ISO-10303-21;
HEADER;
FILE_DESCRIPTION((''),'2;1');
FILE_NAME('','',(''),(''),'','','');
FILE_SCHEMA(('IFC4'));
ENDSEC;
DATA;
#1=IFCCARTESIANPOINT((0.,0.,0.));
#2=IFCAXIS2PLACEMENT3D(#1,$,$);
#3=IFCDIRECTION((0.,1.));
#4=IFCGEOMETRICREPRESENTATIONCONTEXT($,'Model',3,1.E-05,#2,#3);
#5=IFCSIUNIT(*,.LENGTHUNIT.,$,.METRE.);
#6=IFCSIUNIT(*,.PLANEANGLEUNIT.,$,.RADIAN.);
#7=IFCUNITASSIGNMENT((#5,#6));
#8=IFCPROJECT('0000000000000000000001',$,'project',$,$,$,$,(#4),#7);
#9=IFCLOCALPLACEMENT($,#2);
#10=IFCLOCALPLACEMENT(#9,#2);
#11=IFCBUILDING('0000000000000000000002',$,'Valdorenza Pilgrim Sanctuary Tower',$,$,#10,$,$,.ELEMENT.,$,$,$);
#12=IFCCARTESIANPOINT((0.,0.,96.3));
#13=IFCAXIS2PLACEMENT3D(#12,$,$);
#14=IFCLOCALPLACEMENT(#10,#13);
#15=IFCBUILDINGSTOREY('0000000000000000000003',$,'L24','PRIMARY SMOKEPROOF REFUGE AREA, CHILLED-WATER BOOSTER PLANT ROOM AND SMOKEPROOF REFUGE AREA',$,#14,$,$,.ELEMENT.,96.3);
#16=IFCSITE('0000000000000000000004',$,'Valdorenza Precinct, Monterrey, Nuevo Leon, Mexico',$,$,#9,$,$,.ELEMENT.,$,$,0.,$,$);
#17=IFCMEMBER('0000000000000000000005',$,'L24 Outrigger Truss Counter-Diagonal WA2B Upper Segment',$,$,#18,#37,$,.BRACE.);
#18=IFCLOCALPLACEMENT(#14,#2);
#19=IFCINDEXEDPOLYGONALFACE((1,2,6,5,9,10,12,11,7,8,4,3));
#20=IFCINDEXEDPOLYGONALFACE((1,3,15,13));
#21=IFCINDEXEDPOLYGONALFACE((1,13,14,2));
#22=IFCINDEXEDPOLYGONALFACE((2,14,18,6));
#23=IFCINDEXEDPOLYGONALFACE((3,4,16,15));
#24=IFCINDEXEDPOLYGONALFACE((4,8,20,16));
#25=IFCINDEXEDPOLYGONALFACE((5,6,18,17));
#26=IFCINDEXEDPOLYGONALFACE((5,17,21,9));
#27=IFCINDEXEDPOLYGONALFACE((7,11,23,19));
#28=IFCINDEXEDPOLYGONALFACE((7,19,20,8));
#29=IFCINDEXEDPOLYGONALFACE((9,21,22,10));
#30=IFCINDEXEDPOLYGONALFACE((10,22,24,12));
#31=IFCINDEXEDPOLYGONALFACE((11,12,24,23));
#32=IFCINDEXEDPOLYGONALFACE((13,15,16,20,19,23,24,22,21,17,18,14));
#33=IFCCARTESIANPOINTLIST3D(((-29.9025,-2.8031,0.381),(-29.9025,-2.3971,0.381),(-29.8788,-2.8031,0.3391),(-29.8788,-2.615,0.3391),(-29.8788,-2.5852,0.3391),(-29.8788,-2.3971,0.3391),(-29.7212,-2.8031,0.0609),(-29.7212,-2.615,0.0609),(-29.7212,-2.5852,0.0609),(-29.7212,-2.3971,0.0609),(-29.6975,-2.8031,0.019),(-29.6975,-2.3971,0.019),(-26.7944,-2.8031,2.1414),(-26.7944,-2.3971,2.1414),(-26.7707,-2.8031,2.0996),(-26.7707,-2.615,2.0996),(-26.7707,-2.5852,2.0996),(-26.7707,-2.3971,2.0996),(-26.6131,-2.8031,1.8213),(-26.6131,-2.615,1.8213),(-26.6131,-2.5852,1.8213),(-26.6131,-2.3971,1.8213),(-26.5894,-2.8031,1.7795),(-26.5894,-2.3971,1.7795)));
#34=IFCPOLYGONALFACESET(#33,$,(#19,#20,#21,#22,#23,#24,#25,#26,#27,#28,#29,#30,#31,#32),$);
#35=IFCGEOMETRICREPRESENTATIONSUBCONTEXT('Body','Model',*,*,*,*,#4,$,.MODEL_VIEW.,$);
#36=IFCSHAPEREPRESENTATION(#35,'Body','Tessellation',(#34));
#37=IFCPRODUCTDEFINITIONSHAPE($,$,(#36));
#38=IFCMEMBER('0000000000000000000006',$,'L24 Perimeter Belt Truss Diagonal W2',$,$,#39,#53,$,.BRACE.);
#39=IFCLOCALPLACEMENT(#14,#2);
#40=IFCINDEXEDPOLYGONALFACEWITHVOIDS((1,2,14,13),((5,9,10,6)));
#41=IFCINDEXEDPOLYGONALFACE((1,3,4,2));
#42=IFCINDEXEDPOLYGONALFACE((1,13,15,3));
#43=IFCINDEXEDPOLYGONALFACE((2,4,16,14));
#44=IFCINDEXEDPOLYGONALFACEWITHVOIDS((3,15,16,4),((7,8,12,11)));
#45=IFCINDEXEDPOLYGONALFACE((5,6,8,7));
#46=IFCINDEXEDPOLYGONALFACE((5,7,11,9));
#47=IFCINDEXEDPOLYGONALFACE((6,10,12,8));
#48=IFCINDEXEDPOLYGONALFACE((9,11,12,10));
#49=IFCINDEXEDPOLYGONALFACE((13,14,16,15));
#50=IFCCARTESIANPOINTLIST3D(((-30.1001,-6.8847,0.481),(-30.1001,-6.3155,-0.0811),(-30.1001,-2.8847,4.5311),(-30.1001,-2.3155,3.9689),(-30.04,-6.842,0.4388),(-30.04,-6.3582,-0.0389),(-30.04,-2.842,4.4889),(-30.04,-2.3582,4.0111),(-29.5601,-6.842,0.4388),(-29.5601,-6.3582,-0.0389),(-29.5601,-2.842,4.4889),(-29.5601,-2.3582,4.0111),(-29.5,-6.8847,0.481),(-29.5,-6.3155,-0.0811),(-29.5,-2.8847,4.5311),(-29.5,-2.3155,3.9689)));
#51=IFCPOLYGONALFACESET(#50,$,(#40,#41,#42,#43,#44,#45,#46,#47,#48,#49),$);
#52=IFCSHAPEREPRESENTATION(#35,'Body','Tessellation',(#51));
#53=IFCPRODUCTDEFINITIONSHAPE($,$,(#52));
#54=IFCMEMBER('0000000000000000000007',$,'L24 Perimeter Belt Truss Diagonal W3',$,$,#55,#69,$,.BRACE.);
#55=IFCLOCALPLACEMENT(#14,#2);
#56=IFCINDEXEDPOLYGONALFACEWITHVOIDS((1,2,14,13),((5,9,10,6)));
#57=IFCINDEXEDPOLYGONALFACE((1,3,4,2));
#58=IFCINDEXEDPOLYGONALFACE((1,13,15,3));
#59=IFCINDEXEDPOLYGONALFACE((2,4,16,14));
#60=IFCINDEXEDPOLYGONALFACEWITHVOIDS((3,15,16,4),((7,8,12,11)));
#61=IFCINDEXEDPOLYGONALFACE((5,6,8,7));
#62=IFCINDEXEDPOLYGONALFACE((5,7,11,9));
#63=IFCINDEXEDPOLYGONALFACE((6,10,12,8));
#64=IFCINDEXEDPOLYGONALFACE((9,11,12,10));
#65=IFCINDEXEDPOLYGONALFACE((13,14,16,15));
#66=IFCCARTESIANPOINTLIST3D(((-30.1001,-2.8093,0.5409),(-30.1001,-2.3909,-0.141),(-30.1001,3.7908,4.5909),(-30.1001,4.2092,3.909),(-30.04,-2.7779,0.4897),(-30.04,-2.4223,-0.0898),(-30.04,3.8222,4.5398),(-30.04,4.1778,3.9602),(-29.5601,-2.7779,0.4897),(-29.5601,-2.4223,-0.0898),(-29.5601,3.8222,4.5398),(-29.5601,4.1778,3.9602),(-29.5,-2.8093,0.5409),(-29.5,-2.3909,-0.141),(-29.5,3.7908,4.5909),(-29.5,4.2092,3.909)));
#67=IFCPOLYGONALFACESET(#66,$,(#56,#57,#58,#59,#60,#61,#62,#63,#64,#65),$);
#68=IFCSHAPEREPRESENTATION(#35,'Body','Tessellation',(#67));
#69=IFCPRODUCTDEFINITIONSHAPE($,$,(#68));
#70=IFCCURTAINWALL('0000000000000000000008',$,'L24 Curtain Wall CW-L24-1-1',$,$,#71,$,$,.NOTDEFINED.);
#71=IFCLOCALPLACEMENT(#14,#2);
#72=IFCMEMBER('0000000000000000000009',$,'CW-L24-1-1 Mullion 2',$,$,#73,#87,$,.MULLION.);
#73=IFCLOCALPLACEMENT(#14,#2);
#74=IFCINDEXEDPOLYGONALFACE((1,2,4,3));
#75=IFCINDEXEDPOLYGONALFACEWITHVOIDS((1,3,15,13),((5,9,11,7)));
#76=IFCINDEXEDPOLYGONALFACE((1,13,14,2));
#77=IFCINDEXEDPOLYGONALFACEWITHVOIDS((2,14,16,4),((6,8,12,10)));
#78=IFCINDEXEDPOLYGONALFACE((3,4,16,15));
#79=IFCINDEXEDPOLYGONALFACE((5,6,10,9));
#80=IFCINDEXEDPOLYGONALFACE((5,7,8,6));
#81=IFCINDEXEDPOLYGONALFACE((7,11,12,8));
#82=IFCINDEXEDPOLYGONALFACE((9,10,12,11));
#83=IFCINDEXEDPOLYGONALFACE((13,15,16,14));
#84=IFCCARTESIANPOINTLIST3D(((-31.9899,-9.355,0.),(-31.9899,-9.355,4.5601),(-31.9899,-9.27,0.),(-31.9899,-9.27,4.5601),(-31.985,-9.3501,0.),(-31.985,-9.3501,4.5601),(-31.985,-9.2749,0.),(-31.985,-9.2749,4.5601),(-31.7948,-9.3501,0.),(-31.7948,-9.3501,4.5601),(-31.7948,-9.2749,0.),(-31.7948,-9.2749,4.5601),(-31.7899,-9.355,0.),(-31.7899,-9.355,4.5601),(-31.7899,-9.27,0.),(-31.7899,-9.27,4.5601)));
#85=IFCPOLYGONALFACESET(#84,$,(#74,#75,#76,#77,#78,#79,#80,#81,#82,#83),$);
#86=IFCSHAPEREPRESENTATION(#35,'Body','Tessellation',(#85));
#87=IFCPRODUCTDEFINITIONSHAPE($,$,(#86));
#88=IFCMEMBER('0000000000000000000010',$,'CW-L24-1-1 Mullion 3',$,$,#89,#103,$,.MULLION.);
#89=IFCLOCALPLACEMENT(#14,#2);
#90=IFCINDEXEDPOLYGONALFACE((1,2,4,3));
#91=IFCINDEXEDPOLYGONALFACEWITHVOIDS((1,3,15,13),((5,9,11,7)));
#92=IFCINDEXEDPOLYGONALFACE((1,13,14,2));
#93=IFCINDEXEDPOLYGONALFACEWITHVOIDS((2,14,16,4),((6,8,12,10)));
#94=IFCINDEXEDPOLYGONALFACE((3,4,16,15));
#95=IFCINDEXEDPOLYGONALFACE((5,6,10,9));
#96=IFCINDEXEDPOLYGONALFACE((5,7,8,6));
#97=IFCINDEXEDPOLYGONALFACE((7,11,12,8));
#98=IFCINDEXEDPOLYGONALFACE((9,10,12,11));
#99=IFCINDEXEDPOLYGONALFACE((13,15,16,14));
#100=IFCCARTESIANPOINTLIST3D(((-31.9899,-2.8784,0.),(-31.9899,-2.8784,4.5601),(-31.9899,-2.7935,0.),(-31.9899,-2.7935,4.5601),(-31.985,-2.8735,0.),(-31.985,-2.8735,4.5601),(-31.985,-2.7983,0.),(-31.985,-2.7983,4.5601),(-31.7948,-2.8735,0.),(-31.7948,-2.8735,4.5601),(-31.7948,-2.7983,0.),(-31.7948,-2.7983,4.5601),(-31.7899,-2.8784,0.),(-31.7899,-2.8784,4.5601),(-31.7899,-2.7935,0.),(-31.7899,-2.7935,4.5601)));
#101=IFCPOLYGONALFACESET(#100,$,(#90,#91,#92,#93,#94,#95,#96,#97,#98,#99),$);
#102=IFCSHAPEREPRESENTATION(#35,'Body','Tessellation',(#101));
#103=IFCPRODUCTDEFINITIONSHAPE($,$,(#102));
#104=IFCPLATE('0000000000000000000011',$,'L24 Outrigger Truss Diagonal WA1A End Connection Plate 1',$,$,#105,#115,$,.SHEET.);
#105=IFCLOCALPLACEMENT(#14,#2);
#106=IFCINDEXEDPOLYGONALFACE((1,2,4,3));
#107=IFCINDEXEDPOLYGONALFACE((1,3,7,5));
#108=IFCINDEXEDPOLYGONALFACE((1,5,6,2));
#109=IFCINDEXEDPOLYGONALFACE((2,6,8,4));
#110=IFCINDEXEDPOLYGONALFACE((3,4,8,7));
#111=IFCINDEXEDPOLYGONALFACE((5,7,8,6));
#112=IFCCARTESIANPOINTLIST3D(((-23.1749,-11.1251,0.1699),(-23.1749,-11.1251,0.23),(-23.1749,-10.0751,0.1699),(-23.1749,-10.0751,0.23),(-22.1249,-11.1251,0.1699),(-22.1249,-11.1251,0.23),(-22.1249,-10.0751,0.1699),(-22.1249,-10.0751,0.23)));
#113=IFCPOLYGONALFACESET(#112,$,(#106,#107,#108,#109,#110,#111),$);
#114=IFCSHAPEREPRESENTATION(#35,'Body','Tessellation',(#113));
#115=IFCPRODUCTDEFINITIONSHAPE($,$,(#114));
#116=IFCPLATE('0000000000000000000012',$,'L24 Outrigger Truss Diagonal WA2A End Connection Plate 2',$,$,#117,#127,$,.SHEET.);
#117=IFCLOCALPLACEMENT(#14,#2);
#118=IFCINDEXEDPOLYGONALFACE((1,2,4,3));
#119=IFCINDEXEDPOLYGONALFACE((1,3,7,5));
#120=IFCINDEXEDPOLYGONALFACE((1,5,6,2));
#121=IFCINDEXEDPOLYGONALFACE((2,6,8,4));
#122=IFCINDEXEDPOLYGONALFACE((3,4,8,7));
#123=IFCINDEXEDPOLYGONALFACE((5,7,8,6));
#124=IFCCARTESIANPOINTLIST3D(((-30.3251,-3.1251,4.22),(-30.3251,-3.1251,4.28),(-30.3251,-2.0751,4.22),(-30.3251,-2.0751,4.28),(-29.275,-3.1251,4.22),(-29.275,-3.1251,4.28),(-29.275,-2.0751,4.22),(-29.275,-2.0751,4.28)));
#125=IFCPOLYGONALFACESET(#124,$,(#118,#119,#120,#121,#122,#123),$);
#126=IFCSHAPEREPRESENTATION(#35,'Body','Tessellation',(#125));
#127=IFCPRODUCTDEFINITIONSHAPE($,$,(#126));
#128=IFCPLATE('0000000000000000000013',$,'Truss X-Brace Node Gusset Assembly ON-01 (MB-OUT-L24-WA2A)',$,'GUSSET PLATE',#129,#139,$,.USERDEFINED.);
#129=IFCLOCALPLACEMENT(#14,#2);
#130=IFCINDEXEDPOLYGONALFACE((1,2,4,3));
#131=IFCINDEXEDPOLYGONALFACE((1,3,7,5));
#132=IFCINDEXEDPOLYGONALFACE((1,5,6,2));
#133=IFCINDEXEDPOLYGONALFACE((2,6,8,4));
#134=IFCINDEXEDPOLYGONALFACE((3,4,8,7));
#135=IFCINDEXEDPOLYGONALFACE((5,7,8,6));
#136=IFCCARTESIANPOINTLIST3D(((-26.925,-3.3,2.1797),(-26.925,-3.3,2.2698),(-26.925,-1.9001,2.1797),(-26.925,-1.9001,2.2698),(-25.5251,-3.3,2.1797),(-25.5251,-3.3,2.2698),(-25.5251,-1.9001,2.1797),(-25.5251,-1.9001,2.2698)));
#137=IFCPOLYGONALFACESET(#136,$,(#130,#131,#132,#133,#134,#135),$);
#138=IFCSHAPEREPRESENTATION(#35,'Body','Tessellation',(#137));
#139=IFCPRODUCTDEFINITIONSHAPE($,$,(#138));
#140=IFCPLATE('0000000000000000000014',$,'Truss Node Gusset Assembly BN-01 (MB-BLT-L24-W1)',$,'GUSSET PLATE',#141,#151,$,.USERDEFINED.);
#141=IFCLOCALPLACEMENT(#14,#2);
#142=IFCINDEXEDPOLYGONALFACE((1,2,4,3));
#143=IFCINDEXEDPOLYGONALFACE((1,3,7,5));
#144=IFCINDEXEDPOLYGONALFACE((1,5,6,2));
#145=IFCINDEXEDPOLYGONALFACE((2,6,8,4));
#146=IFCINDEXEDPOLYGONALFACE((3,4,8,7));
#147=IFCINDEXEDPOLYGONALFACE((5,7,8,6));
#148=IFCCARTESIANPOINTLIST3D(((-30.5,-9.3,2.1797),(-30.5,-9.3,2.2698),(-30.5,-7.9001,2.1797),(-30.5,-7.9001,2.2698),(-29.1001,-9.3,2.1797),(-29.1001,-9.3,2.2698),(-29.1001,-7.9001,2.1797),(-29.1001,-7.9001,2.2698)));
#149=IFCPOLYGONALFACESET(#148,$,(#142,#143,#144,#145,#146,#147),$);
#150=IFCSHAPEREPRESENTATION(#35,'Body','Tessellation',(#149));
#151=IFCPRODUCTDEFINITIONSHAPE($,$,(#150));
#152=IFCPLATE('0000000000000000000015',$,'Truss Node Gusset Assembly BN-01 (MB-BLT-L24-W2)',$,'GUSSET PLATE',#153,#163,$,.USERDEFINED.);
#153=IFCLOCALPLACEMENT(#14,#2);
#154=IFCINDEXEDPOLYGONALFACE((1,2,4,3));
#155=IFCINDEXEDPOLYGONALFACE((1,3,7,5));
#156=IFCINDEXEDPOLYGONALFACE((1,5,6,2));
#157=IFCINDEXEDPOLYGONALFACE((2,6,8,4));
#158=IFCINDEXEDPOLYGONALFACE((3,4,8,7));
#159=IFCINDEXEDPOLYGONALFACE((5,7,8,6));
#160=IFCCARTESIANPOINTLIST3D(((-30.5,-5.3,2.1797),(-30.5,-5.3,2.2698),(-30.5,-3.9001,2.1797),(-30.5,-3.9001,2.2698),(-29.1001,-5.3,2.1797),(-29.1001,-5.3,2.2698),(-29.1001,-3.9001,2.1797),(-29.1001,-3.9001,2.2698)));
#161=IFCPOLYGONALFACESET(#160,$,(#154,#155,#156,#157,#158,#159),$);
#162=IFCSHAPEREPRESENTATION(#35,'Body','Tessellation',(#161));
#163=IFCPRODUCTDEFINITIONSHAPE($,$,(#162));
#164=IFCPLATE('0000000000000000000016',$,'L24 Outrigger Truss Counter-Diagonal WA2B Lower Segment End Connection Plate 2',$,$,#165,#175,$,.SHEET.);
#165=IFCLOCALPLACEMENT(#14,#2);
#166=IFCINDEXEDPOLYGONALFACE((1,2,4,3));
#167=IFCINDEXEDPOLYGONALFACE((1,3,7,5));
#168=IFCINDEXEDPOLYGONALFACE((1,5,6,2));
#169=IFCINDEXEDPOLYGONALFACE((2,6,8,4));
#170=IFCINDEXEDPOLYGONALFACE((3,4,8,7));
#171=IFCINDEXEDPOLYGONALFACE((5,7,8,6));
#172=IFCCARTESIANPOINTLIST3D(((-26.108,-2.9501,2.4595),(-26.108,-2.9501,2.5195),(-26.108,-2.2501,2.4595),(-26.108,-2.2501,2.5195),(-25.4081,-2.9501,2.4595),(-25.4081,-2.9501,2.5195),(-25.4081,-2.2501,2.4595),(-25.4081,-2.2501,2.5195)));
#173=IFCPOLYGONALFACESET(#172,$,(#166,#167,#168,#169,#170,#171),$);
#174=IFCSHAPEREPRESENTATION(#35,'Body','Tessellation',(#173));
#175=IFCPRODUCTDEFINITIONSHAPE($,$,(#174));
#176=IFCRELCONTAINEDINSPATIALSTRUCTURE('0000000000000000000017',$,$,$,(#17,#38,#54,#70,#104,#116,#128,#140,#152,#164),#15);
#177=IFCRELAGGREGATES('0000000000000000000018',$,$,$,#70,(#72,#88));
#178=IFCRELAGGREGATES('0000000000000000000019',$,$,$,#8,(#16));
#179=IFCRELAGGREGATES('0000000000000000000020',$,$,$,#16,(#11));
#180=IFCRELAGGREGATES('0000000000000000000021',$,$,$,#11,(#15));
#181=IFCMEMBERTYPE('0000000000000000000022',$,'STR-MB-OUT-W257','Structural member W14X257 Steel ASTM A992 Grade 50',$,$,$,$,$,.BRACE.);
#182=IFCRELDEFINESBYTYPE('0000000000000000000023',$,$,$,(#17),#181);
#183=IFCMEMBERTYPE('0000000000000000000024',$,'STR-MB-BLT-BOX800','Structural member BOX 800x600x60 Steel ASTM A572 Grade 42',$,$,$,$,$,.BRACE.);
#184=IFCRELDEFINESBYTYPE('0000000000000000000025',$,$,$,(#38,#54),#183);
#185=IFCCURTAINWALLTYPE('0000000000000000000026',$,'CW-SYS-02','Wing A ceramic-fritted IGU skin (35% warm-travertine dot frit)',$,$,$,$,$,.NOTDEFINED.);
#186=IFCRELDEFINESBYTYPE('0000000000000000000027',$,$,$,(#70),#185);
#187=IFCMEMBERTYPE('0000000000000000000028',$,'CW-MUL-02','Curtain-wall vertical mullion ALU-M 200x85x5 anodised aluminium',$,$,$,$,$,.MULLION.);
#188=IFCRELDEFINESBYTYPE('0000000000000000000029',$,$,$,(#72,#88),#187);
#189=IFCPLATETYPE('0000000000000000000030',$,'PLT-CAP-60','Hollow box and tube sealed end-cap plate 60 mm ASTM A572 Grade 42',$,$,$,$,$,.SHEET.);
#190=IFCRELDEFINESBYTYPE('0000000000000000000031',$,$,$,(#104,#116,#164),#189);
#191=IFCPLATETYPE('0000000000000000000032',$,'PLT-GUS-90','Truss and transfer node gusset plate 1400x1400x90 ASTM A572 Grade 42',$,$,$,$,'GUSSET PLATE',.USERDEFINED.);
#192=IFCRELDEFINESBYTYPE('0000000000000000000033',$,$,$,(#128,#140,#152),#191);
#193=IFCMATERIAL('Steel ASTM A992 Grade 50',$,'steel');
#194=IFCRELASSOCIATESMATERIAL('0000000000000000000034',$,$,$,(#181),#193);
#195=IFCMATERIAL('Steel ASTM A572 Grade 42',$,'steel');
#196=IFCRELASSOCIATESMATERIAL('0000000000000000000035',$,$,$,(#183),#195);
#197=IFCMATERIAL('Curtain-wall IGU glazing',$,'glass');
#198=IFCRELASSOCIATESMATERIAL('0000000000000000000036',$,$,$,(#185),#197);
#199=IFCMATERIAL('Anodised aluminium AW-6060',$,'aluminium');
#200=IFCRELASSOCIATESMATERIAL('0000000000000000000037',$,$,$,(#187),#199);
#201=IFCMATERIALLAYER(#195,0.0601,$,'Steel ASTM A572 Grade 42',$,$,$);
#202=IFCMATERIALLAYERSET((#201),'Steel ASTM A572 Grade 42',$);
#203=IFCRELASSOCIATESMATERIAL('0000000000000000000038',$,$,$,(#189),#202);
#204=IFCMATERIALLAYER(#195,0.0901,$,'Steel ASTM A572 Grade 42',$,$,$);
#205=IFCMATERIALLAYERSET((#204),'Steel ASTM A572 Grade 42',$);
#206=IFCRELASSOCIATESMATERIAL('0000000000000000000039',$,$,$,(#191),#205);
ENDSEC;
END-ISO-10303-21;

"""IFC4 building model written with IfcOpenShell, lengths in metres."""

from ifc_helpers import new_model, si_unit, direction, frame, origin, origin_2d, place, context, subcontext, project, spatial, rectangle, hollow_rectangle, i_section, extrude, source, transform, mapped, material, layer, layer_set, material_profile, profile_set, type_object, element, aggregate, save


model = new_model("IFC4")

# Units and contexts
model_context = context("Model", 3, precision=1e-05, world=origin(), true_north=direction((0.0, 1.0)))
body_context = subcontext(model_context, "Body", "Model", "MODEL_VIEW")
ifc_project = project(units=[si_unit("LENGTHUNIT", "METRE"), si_unit("PLANEANGLEUNIT", "RADIAN")], contexts=[model_context])

# Site, building, storey
site_placement = place(None, origin())
site = spatial("IfcSite", under=ifc_project, at=site_placement, Name="Valdorenza Precinct, Monterrey, Nuevo Leon, Mexico", CompositionType="ELEMENT", RefElevation=0.0)
building_placement = place(site_placement, origin())
building = spatial("IfcBuilding", under=site, at=building_placement, Name="Valdorenza Pilgrim Sanctuary Tower", CompositionType="ELEMENT")
storey_placement = place(building_placement, frame((0.0, 0.0, 96.3)))
storey = spatial("IfcBuildingStorey", under=building, at=storey_placement, Name="L24", Description="PRIMARY SMOKEPROOF REFUGE AREA, CHILLED-WATER BOOSTER PLANT ROOM AND SMOKEPROOF REFUGE AREA", CompositionType="ELEMENT", Elevation=96.3)

# Shared definitions
ifc_material_1 = material(Name="Steel ASTM A992 Grade 50", Category="steel")

# Members
ifc_material_2 = material(Name="Steel ASTM A572 Grade 42", Category="steel")
ifc_material_profile_1 = material_profile(ifc_material_1, i_section(OverallWidth=0.406, OverallDepth=0.416, WebThickness=0.0298, FlangeThickness=0.0481, at=origin_2d()), Name="W14X257")
ifc_profile_set_1 = profile_set([ifc_material_profile_1], Name="Steel ASTM A992 Grade 50")
member_type_1 = type_object("IfcMemberType", Name="STR-MB-OUT-W257", Description="Structural member W14X257 Steel ASTM A992 Grade 50", PredefinedType="BRACE", material=ifc_profile_set_1)
shared_shape_1 = source(origin(), body_context, "Body", "SweptSolid", [
    extrude(i_section(OverallWidth=0.406, OverallDepth=0.416, WebThickness=0.0298, FlangeThickness=0.0481, at=origin_2d()), origin(), (0.0, 0.0, 1.0), 3.572),
])
member_1_placement = place(storey_placement, frame((-26.6919, -2.6001, 1.9604), z_axis=(-0.870117, 0.0, -0.492845), x_axis=(0.0, -1.0, 0.0)))
element("IfcMember", 1, at=member_1_placement, inside=storey, type_object=member_type_1, Name="L24 Outrigger Truss Counter-Diagonal WA2B Upper Segment", PredefinedType="BRACE", context=body_context, shape_type="MappedRepresentation", body=[
    mapped(shared_shape_1, transform((0.0, 0.0, 0.0), x_axis=(1.0, 0.0, 0.0), y_axis=(0.0, 1.0, 0.0), z_axis=(0.0, 0.0, 1.0), scale=1.0)),
])
ifc_material_profile_2 = material_profile(ifc_material_2, hollow_rectangle(XDim=0.6001, YDim=0.8, WallThickness=0.0601, at=origin_2d()), Name="BOX 800x600x60")
ifc_profile_set_2 = profile_set([ifc_material_profile_2], Name="Steel ASTM A572 Grade 42")
member_type_2 = type_object("IfcMemberType", Name="STR-MB-BLT-BOX800", Description="Structural member BOX 800x600x60 Steel ASTM A572 Grade 42", PredefinedType="BRACE", material=ifc_profile_set_2)
shared_shape_2 = source(origin(), body_context, "Body", "SweptSolid", [
    extrude(hollow_rectangle(XDim=0.6001, YDim=0.8, WallThickness=0.0601, at=origin_2d()), origin(), (0.0, 0.0, 1.0), 5.6924),
])
member_2_placement = place(storey_placement, frame((-29.8, -6.6001, 0.2), z_axis=(0.0, 0.702697, 0.711489), x_axis=(-1.0, 0.0, 0.0)))
element("IfcMember", 2, at=member_2_placement, inside=storey, type_object=member_type_2, Name="L24 Perimeter Belt Truss Diagonal W2", PredefinedType="BRACE", context=body_context, shape_type="MappedRepresentation", body=[
    mapped(shared_shape_2, transform((0.0, 0.0, 0.0), x_axis=(1.0, 0.0, 0.0), y_axis=(0.0, 1.0, 0.0), z_axis=(0.0, 0.0, 1.0), scale=1.0)),
])
shared_shape_3 = source(origin(), body_context, "Body", "SweptSolid", [
    extrude(hollow_rectangle(XDim=0.6001, YDim=0.8, WallThickness=0.0601, at=origin_2d()), origin(), (0.0, 0.0, 1.0), 7.7437),
])
member_3_placement = place(storey_placement, frame((-29.8, -2.6001, 0.2), z_axis=(0.0, 0.852323, 0.523015), x_axis=(-1.0, 0.0, 0.0)))
element("IfcMember", 3, at=member_3_placement, inside=storey, type_object=member_type_2, Name="L24 Perimeter Belt Truss Diagonal W3", PredefinedType="BRACE", context=body_context, shape_type="MappedRepresentation", body=[
    mapped(shared_shape_3, transform((0.0, 0.0, 0.0), x_axis=(1.0, 0.0, 0.0), y_axis=(0.0, 1.0, 0.0), z_axis=(0.0, 0.0, 1.0), scale=1.0)),
])

# Curtain wall, members
ifc_material_3 = material(Name="Curtain-wall IGU glazing", Category="glass")
curtain_wall_type = type_object("IfcCurtainWallType", Name="CW-SYS-02", Description="Wing A ceramic-fritted IGU skin (35% warm-travertine dot frit)", PredefinedType="NOTDEFINED", material=ifc_material_3)
curtain_wall_placement = place(storey_placement, origin())
curtain_wall = element("IfcCurtainWall", 4, at=curtain_wall_placement, inside=storey, type_object=curtain_wall_type, Name="L24 Curtain Wall CW-L24-1-1", PredefinedType="NOTDEFINED")
ifc_material_4 = material(Name="Anodised aluminium AW-6060", Category="aluminium")
ifc_material_profile_3 = material_profile(ifc_material_4, hollow_rectangle(XDim=0.085, YDim=0.2, WallThickness=0.0049, at=origin_2d()), Name="ALU-M 200x85x5")
ifc_profile_set_3 = profile_set([ifc_material_profile_3], Name="Anodised aluminium AW-6060")
member_type_3 = type_object("IfcMemberType", Name="CW-MUL-02", Description="Curtain-wall vertical mullion ALU-M 200x85x5 anodised aluminium", PredefinedType="MULLION", material=ifc_profile_set_3)
shared_shape_4 = source(origin(), body_context, "Body", "SweptSolid", [
    extrude(hollow_rectangle(XDim=0.085, YDim=0.2, WallThickness=0.0049, at=origin_2d()), origin(), (0.0, 0.0, 1.0), 4.5601),
])
member_4_placement = place(storey_placement, frame((-31.8899, -9.3125, 0.0), z_axis=(0.0, 0.0, 1.0), x_axis=(0.0, 1.0, 0.0)))
member_4 = element("IfcMember", 5, at=member_4_placement, type_object=member_type_3, Name="CW-L24-1-1 Mullion 2", PredefinedType="MULLION", context=body_context, shape_type="MappedRepresentation", body=[
    mapped(shared_shape_4, transform((0.0, 0.0, 0.0), x_axis=(1.0, 0.0, 0.0), y_axis=(0.0, 1.0, 0.0), z_axis=(0.0, 0.0, 1.0), scale=1.0)),
])
member_5_placement = place(storey_placement, frame((-31.8899, -2.8359, 0.0), z_axis=(0.0, 0.0, 1.0), x_axis=(0.0, 1.0, 0.0)))
member_5 = element("IfcMember", 6, at=member_5_placement, type_object=member_type_3, Name="CW-L24-1-1 Mullion 3", PredefinedType="MULLION", context=body_context, shape_type="MappedRepresentation", body=[
    mapped(shared_shape_4, transform((0.0, 0.0, 0.0), x_axis=(1.0, 0.0, 0.0), y_axis=(0.0, 1.0, 0.0), z_axis=(0.0, 0.0, 1.0), scale=1.0)),
])

# Plates
ifc_layer_1 = layer(ifc_material_2, 0.0601, Name="Steel ASTM A572 Grade 42")
ifc_layer_set_1 = layer_set([ifc_layer_1], Name="Steel ASTM A572 Grade 42")
plate_type_1 = type_object("IfcPlateType", Name="PLT-CAP-60", Description="Hollow box and tube sealed end-cap plate 60 mm ASTM A572 Grade 42", PredefinedType="SHEET", material=ifc_layer_set_1)
shared_shape_5 = source(origin(), body_context, "Body", "SweptSolid", [
    extrude(rectangle(XDim=1.05, YDim=1.05, at=origin_2d()), origin(), (0.0, 0.0, 1.0), 0.0601),
])
for number, where, z_axis, x_axis, name in (
    (7, (-22.6499, -10.6001, 0.1699), (0.0, 0.0, 1.0), (1.0, 0.0, 0.0), "L24 Outrigger Truss Diagonal WA1A End Connection Plate 1"),
    (8, (-29.8, -2.6001, 4.22), (0.0, 0.0, 1.0), (1.0, 0.0, 0.0), "L24 Outrigger Truss Diagonal WA2A End Connection Plate 2"),
):
    element("IfcPlate", number, at=place(storey_placement, frame(where, z_axis=z_axis, x_axis=x_axis)), inside=storey, type_object=plate_type_1, Name=name, PredefinedType="SHEET", context=body_context, shape_type="MappedRepresentation", body=[
        mapped(shared_shape_5, transform((0.0, 0.0, 0.0), x_axis=(1.0, 0.0, 0.0), y_axis=(0.0, 1.0, 0.0), z_axis=(0.0, 0.0, 1.0), scale=1.0)),
    ])
ifc_layer_2 = layer(ifc_material_2, 0.0901, Name="Steel ASTM A572 Grade 42")
ifc_layer_set_2 = layer_set([ifc_layer_2], Name="Steel ASTM A572 Grade 42")
plate_type_2 = type_object("IfcPlateType", Name="PLT-GUS-90", Description="Truss and transfer node gusset plate 1400x1400x90 ASTM A572 Grade 42", ElementType="GUSSET PLATE", PredefinedType="USERDEFINED", material=ifc_layer_set_2)
shared_shape_6 = source(origin(), body_context, "Body", "SweptSolid", [
    extrude(rectangle(XDim=1.3999, YDim=1.3999, at=origin_2d()), origin(), (0.0, 0.0, 1.0), 0.0901),
])
for number, where, z_axis, x_axis, name in (
    (9, (-26.2251, -2.6001, 2.1797), (0.0, 0.0, 1.0), (1.0, 0.0, 0.0), "Truss X-Brace Node Gusset Assembly ON-01 (MB-OUT-L24-WA2A)"),
    (10, (-29.8, -8.6001, 2.1797), (0.0, 0.0, 1.0), (1.0, 0.0, 0.0), "Truss Node Gusset Assembly BN-01 (MB-BLT-L24-W1)"),
    (11, (-29.8, -4.6001, 2.1797), (0.0, 0.0, 1.0), (1.0, 0.0, 0.0), "Truss Node Gusset Assembly BN-01 (MB-BLT-L24-W2)"),
):
    element("IfcPlate", number, at=place(storey_placement, frame(where, z_axis=z_axis, x_axis=x_axis)), inside=storey, type_object=plate_type_2, Name=name, ObjectType="GUSSET PLATE", PredefinedType="USERDEFINED", context=body_context, shape_type="MappedRepresentation", body=[
        mapped(shared_shape_6, transform((0.0, 0.0, 0.0), x_axis=(1.0, 0.0, 0.0), y_axis=(0.0, 1.0, 0.0), z_axis=(0.0, 0.0, 1.0), scale=1.0)),
    ])
shared_shape_7 = source(origin(), body_context, "Body", "SweptSolid", [
    extrude(rectangle(XDim=0.7, YDim=0.7, at=origin_2d()), origin(), (0.0, 0.0, 1.0), 0.0601),
])
for number, where, z_axis, x_axis, name in (
    (12, (-25.7581, -2.6001, 2.4595), (0.0, 0.0, 1.0), (1.0, 0.0, 0.0), "L24 Outrigger Truss Counter-Diagonal WA2B Lower Segment End Connection Plate 2"),
):
    element("IfcPlate", number, at=place(storey_placement, frame(where, z_axis=z_axis, x_axis=x_axis)), inside=storey, type_object=plate_type_1, Name=name, PredefinedType="SHEET", context=body_context, shape_type="MappedRepresentation", body=[
        mapped(shared_shape_7, transform((0.0, 0.0, 0.0), x_axis=(1.0, 0.0, 0.0), y_axis=(0.0, 1.0, 0.0), z_axis=(0.0, 0.0, 1.0), scale=1.0)),
    ])

aggregate(curtain_wall, [member_4, member_5])

save(model, "model.ifc")
